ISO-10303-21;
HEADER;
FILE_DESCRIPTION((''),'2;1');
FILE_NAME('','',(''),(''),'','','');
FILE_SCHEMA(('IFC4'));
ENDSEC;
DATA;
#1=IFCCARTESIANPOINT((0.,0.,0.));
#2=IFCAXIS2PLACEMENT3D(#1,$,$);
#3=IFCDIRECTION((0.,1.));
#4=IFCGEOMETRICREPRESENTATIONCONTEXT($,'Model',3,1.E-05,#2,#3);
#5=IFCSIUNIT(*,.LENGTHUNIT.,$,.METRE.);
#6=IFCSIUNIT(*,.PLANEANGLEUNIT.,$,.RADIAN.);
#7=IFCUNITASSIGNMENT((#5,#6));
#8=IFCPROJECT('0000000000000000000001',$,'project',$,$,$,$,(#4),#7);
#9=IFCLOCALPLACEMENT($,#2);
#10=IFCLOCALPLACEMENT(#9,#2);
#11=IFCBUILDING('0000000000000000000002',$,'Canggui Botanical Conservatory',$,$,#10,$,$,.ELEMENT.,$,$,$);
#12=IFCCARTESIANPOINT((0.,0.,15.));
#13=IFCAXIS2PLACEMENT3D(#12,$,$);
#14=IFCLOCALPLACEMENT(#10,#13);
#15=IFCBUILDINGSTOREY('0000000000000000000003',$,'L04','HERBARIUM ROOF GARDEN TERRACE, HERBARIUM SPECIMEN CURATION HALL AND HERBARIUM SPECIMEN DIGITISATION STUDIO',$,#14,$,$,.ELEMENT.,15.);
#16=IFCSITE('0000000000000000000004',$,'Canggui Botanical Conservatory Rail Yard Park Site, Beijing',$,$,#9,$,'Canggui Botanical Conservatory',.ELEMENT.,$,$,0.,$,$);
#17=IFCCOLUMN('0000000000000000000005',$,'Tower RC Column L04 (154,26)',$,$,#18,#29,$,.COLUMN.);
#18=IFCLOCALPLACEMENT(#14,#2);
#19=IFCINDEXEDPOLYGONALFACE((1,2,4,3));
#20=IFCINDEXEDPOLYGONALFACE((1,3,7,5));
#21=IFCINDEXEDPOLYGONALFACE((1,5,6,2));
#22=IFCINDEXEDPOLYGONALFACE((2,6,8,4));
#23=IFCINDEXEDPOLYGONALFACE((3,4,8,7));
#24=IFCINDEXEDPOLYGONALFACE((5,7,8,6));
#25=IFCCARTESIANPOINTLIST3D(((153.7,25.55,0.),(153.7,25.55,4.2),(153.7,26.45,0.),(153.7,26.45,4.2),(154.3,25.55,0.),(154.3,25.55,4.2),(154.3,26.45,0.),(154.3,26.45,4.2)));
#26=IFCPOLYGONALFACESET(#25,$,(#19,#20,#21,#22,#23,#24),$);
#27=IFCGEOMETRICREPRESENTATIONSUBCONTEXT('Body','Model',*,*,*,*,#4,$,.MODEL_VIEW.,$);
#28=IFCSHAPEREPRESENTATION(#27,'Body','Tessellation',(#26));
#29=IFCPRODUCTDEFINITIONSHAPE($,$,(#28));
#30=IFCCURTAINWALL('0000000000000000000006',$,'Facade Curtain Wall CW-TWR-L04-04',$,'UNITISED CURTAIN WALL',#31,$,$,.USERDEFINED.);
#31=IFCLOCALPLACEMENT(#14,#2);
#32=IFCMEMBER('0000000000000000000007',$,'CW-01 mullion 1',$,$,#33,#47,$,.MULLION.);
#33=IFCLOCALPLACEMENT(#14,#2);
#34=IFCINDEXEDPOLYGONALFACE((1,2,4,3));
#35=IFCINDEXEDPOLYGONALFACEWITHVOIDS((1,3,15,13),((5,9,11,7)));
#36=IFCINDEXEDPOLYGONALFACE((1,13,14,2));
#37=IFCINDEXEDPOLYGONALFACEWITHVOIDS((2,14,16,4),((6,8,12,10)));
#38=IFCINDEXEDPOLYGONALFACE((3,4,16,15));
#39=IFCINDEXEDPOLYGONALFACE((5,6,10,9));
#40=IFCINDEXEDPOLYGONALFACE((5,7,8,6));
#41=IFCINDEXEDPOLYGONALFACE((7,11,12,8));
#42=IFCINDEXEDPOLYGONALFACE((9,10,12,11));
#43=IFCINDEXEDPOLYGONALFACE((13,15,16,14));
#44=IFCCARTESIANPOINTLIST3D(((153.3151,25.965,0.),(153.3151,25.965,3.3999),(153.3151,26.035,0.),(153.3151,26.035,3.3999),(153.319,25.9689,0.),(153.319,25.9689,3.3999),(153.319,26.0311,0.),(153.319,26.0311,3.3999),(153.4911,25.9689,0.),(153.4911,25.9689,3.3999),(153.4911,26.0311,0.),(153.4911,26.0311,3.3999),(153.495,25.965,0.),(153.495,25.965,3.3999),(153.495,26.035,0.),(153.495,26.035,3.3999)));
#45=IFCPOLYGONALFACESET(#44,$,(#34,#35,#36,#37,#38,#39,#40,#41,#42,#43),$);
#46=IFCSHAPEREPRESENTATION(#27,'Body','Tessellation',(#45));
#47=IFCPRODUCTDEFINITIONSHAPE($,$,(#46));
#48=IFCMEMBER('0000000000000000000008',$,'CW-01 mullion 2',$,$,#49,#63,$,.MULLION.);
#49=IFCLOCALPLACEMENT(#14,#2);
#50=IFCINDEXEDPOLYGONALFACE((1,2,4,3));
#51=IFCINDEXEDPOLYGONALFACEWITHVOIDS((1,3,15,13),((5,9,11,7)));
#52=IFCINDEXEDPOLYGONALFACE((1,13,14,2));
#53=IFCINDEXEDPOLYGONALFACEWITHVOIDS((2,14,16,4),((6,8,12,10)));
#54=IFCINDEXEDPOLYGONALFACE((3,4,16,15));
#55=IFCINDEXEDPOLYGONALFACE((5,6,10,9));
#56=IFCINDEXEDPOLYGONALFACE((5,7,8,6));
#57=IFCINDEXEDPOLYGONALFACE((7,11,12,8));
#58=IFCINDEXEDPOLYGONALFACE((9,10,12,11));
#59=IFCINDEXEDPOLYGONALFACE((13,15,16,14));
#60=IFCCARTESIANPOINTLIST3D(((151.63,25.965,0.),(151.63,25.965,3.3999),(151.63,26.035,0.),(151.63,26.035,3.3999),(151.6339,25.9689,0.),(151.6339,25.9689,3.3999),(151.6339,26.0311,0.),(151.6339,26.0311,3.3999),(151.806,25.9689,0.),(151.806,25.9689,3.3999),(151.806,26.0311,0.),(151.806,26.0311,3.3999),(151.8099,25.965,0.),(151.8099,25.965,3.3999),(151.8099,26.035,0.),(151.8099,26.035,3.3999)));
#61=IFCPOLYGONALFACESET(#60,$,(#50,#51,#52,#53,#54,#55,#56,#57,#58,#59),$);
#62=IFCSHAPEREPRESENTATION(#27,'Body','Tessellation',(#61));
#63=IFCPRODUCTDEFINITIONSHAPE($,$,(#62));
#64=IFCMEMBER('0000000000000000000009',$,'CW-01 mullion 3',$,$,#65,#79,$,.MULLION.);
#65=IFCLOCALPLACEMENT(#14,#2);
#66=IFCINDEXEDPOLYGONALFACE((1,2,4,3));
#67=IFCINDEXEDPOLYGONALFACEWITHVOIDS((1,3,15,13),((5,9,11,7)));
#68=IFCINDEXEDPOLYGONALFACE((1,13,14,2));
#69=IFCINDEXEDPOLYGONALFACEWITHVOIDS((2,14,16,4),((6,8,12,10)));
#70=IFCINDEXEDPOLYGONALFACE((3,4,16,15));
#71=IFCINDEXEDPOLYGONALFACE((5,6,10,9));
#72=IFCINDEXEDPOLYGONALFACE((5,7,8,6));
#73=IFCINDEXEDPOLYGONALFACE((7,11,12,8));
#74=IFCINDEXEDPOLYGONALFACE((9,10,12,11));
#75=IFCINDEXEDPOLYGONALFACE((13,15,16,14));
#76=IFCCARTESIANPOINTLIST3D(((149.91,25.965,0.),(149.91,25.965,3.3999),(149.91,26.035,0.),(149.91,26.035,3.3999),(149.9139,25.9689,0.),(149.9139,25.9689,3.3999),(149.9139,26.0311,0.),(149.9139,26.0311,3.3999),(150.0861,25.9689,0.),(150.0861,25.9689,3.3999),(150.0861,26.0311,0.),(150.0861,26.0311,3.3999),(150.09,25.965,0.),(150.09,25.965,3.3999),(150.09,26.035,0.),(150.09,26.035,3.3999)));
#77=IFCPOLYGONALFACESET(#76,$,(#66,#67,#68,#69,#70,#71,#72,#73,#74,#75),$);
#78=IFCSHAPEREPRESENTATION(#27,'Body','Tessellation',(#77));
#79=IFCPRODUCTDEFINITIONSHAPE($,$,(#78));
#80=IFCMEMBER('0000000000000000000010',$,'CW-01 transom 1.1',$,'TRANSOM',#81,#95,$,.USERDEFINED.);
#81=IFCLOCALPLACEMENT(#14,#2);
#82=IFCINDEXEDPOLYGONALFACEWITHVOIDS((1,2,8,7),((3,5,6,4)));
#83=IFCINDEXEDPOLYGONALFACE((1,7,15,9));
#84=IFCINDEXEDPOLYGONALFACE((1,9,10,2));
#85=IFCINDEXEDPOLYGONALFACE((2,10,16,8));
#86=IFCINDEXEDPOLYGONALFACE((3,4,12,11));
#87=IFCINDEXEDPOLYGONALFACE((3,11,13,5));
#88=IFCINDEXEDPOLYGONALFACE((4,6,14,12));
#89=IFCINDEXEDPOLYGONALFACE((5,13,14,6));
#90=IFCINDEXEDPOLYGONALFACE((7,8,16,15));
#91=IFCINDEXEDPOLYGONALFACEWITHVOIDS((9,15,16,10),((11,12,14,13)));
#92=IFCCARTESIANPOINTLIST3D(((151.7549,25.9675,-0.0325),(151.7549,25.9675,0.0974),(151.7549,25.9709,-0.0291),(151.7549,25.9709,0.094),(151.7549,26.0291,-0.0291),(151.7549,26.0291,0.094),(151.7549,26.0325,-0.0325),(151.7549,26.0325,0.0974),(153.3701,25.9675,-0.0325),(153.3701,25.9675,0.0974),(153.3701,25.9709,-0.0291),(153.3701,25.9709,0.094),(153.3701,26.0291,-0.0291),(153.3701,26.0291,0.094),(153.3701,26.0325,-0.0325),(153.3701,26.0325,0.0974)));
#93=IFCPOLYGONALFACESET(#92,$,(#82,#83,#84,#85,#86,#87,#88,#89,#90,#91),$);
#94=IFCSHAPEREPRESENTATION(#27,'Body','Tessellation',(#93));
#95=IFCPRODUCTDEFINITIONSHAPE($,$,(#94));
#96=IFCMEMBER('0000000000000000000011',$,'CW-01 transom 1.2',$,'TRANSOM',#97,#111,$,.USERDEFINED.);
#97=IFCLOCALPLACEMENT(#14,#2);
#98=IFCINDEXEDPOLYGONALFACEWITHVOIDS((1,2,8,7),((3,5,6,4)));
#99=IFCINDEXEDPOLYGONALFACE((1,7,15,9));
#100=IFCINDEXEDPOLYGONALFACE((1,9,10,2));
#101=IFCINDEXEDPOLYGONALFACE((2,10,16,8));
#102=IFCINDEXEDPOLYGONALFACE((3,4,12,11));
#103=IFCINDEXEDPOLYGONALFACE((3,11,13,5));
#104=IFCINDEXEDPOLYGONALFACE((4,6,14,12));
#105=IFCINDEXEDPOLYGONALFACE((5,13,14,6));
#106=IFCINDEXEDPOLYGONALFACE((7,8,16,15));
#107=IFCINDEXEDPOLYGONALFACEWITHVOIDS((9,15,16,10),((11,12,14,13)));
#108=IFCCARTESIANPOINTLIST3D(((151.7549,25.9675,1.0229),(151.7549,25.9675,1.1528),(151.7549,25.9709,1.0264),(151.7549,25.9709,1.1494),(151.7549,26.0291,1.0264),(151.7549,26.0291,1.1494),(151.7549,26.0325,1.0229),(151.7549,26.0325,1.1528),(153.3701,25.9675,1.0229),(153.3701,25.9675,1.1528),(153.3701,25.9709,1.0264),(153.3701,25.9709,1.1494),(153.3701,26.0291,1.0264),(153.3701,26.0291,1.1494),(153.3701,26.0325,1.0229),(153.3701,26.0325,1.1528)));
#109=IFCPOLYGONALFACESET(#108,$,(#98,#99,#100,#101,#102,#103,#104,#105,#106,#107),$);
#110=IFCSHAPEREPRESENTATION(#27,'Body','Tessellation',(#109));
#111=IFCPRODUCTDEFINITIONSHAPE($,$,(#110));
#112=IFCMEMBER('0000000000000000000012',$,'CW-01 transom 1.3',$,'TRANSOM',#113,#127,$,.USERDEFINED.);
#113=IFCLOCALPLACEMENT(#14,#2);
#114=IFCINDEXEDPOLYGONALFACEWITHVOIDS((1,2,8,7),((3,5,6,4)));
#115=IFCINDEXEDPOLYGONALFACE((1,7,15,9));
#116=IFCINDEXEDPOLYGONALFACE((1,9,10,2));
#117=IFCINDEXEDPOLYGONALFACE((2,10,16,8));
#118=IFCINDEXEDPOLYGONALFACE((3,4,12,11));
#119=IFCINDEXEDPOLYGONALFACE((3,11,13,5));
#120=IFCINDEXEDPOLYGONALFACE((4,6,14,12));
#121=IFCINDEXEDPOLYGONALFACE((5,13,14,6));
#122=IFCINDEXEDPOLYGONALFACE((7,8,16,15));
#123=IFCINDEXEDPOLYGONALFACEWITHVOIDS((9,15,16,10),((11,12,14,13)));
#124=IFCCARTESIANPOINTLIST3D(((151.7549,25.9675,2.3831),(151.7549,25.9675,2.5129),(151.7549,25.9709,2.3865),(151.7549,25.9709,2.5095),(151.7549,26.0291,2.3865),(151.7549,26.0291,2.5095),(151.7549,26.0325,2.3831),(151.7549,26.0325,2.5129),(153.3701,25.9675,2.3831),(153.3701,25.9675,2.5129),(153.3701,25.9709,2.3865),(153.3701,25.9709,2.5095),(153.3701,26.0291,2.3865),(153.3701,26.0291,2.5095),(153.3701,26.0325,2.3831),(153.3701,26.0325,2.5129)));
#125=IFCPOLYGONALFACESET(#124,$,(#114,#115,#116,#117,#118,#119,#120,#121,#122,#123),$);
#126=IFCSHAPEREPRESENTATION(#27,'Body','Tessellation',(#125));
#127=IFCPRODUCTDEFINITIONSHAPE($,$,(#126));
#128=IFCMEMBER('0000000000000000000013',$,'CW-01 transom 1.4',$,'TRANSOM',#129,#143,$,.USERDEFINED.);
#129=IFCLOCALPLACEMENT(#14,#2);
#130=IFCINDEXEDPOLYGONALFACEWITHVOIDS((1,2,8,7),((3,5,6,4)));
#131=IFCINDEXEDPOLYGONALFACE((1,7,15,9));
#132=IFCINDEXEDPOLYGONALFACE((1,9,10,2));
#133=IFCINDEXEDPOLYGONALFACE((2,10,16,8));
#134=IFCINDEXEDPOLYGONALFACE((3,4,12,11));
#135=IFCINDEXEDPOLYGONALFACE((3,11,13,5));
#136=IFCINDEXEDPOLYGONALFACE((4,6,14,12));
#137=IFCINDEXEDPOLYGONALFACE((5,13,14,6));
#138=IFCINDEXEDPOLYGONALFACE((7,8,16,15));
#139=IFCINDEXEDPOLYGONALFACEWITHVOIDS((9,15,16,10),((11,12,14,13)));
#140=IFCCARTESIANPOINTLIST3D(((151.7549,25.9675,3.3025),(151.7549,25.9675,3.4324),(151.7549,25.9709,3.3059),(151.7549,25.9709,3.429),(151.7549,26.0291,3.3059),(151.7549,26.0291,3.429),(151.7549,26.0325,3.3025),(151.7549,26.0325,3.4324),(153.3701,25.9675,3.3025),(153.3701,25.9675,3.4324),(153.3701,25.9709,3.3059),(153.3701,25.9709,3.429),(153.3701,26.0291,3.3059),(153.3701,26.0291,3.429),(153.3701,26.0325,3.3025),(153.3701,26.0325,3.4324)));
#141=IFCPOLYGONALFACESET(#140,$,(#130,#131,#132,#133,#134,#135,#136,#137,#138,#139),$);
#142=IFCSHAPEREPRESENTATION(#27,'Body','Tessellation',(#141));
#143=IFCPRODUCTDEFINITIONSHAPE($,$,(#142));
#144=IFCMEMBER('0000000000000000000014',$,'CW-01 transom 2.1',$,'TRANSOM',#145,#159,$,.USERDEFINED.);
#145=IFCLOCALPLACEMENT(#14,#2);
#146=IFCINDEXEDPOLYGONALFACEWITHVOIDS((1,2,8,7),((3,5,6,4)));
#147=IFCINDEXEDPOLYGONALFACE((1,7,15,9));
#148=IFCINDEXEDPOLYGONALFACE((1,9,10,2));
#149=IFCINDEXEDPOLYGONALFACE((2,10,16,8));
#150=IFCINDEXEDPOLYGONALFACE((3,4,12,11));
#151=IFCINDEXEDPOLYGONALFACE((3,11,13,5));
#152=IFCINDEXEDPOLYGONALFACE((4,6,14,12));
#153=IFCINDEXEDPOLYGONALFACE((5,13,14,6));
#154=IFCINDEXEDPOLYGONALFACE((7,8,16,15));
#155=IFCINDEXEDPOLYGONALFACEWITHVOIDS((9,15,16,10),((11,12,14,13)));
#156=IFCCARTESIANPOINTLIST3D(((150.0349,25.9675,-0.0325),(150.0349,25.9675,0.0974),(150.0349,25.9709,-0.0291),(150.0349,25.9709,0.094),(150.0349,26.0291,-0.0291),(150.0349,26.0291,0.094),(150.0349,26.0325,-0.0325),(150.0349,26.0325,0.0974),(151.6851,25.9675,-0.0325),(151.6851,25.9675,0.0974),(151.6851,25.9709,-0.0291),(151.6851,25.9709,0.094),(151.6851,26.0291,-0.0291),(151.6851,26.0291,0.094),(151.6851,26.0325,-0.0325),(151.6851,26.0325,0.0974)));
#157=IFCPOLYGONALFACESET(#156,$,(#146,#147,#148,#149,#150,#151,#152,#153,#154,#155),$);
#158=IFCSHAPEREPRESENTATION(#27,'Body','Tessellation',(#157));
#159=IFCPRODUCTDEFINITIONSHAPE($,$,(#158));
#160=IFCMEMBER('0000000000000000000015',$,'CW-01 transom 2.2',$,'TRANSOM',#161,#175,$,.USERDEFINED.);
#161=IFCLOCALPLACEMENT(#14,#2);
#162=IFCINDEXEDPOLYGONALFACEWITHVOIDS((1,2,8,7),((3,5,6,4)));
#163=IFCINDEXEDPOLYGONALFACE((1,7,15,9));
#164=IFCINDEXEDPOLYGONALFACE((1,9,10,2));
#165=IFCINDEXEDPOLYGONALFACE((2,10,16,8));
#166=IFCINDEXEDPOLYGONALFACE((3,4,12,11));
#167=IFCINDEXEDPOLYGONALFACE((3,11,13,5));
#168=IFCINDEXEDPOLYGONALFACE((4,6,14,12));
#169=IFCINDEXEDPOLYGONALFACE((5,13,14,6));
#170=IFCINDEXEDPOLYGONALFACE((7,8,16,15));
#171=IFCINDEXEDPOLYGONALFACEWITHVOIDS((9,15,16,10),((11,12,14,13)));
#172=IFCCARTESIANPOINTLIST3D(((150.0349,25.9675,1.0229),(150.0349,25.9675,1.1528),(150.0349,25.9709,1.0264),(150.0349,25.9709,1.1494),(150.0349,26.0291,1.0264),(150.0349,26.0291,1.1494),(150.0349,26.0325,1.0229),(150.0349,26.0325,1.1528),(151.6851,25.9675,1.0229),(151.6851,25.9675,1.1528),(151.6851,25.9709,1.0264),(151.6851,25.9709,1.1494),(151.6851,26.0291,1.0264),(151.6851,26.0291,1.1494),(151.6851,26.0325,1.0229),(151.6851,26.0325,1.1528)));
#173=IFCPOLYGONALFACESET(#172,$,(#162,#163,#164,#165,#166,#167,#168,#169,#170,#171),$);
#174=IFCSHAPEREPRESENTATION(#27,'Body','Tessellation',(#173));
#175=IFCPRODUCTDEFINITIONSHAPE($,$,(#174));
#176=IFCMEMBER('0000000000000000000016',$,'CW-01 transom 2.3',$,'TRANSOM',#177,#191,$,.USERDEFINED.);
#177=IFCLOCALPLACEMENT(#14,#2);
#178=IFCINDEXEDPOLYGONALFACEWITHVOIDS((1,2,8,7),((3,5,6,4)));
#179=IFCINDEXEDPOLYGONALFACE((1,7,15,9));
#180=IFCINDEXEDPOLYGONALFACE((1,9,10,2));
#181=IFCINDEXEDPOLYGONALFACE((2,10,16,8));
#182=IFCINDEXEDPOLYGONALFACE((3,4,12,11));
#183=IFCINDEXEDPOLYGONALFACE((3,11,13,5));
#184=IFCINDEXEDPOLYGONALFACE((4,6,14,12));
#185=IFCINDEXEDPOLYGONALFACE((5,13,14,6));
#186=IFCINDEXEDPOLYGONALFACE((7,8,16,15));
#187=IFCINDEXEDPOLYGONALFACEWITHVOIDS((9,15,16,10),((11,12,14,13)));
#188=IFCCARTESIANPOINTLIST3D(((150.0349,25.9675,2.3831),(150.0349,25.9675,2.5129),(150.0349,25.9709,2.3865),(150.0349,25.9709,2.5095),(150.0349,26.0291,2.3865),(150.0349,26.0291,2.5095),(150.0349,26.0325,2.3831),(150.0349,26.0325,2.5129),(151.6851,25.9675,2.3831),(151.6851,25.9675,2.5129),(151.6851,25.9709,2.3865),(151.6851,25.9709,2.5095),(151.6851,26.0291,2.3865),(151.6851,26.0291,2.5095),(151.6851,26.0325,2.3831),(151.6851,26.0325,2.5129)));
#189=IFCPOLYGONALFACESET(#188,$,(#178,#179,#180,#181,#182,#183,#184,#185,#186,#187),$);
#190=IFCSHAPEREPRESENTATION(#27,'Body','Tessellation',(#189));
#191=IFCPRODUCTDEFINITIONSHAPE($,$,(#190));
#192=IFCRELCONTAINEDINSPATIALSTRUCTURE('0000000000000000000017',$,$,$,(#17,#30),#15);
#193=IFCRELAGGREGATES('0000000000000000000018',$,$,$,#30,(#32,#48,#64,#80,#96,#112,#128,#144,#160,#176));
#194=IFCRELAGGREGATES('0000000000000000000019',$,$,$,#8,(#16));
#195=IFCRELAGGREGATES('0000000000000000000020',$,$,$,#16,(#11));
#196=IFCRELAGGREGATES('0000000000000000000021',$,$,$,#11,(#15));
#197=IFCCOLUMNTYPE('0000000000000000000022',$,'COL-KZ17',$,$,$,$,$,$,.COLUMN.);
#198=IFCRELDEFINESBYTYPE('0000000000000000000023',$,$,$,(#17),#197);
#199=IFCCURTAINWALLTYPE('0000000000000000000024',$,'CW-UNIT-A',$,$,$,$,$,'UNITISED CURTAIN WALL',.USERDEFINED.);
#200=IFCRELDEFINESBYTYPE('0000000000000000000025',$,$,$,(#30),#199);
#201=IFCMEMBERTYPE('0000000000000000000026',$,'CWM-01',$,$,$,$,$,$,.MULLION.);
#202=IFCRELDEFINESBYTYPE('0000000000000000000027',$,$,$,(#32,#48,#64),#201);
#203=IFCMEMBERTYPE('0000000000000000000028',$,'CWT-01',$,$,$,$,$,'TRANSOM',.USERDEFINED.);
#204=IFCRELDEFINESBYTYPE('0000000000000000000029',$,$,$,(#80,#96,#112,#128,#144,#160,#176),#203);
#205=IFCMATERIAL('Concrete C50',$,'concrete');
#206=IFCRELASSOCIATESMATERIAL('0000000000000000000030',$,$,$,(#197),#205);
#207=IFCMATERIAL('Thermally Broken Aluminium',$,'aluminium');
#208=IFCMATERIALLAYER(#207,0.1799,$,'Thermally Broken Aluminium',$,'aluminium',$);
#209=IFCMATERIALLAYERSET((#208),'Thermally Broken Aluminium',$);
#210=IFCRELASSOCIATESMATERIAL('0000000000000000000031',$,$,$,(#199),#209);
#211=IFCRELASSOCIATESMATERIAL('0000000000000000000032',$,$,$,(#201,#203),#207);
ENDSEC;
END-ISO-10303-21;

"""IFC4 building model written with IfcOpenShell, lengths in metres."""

from ifc_helpers import new_model, si_unit, direction, frame, origin, origin_2d, place, context, subcontext, project, spatial, rectangle, hollow_rectangle, extrude, material, layer, layer_set, material_profile, profile_set, type_object, element, aggregate, save


model = new_model("IFC4")

# Units and contexts
model_context = context("Model", 3, precision=1e-05, world=origin(), true_north=direction((0.0, 1.0)))
body_context = subcontext(model_context, "Body", "Model", "MODEL_VIEW")
ifc_project = project(units=[si_unit("LENGTHUNIT", "METRE"), si_unit("PLANEANGLEUNIT", "RADIAN")], contexts=[model_context])

# Site, building, storey
site_placement = place(None, origin())
site = spatial("IfcSite", under=ifc_project, at=site_placement, Name="Canggui Botanical Conservatory Rail Yard Park Site, Beijing", LongName="Canggui Botanical Conservatory", CompositionType="ELEMENT", RefElevation=0.0)
building_placement = place(site_placement, origin())
building = spatial("IfcBuilding", under=site, at=building_placement, Name="Canggui Botanical Conservatory", CompositionType="ELEMENT")
storey_placement = place(building_placement, frame((0.0, 0.0, 15.0)))
storey = spatial("IfcBuildingStorey", under=building, at=storey_placement, Name="L04", Description="HERBARIUM ROOF GARDEN TERRACE, HERBARIUM SPECIMEN CURATION HALL AND HERBARIUM SPECIMEN DIGITISATION STUDIO", CompositionType="ELEMENT", Elevation=15.0)

# Column
ifc_material_1 = material(Name="Concrete C50", Category="concrete")
ifc_material_profile_1 = material_profile(ifc_material_1, rectangle(XDim=0.6001, YDim=0.8999, at=origin_2d()), Name="RC 600x900")
ifc_profile_set_1 = profile_set([ifc_material_profile_1], Name="Concrete C50")
column_type = type_object("IfcColumnType", Name="COL-KZ17", PredefinedType="COLUMN", material=ifc_profile_set_1)
column_placement = place(storey_placement, frame((154.0, 26.0, 0.0), z_axis=(0.0, 0.0, 1.0), x_axis=(1.0, 0.0, 0.0)))
element("IfcColumn", 1, at=column_placement, inside=storey, type_object=column_type, Name="Tower RC Column L04 (154,26)", PredefinedType="COLUMN", context=body_context, shape_type="SweptSolid", body=[
    extrude(rectangle(XDim=0.6001, YDim=0.8999, at=origin_2d()), origin(), (0.0, 0.0, 1.0), 4.2),
])

# Curtain wall, members
ifc_material_2 = material(Name="Thermally Broken Aluminium", Category="aluminium")
ifc_layer_1 = layer(ifc_material_2, 0.1799, Name="Thermally Broken Aluminium", Category="aluminium")
ifc_layer_set_1 = layer_set([ifc_layer_1], Name="Thermally Broken Aluminium")
curtain_wall_type = type_object("IfcCurtainWallType", Name="CW-UNIT-A", ElementType="UNITISED CURTAIN WALL", PredefinedType="USERDEFINED", material=ifc_layer_set_1)
curtain_wall_placement = place(storey_placement, origin())
curtain_wall = element("IfcCurtainWall", 2, at=curtain_wall_placement, inside=storey, type_object=curtain_wall_type, Name="Facade Curtain Wall CW-TWR-L04-04", ObjectType="UNITISED CURTAIN WALL", PredefinedType="USERDEFINED")
ifc_material_profile_2 = material_profile(ifc_material_2, hollow_rectangle(XDim=0.0701, YDim=0.1799, WallThickness=0.0039, at=origin_2d()), Name="CWM 70x180x4")
ifc_profile_set_2 = profile_set([ifc_material_profile_2], Name="Thermally Broken Aluminium")
member_type_1 = type_object("IfcMemberType", Name="CWM-01", PredefinedType="MULLION", material=ifc_profile_set_2)
member_1_placement = place(storey_placement, frame((153.405, 26.0, 0.0), z_axis=(0.0, 0.0, 1.0), x_axis=(0.0, -1.0, 0.0)))
member_1 = element("IfcMember", 3, at=member_1_placement, type_object=member_type_1, Name="CW-01 mullion 1", PredefinedType="MULLION", context=body_context, shape_type="SweptSolid", body=[
    extrude(hollow_rectangle(XDim=0.0701, YDim=0.1799, WallThickness=0.0039, at=origin_2d()), origin(), (0.0, 0.0, 1.0), 3.3999),
])
member_2_placement = place(storey_placement, frame((151.72, 26.0, 0.0), z_axis=(0.0, 0.0, 1.0), x_axis=(0.0, -1.0, 0.0)))
member_2 = element("IfcMember", 4, at=member_2_placement, type_object=member_type_1, Name="CW-01 mullion 2", PredefinedType="MULLION", context=body_context, shape_type="SweptSolid", body=[
    extrude(hollow_rectangle(XDim=0.0701, YDim=0.1799, WallThickness=0.0039, at=origin_2d()), origin(), (0.0, 0.0, 1.0), 3.3999),
])
member_3_placement = place(storey_placement, frame((150.0, 26.0, 0.0), z_axis=(0.0, 0.0, 1.0), x_axis=(0.0, -1.0, 0.0)))
member_3 = element("IfcMember", 5, at=member_3_placement, type_object=member_type_1, Name="CW-01 mullion 3", PredefinedType="MULLION", context=body_context, shape_type="SweptSolid", body=[
    extrude(hollow_rectangle(XDim=0.0701, YDim=0.1799, WallThickness=0.0039, at=origin_2d()), origin(), (0.0, 0.0, 1.0), 3.3999),
])
ifc_material_profile_3 = material_profile(ifc_material_2, hollow_rectangle(XDim=0.0649, YDim=0.1299, WallThickness=0.0034, at=origin_2d()), Name="CWT 65x130x3.5")
ifc_profile_set_3 = profile_set([ifc_material_profile_3], Name="Thermally Broken Aluminium")
member_type_2 = type_object("IfcMemberType", Name="CWT-01", ElementType="TRANSOM", PredefinedType="USERDEFINED", material=ifc_profile_set_3)
member_4_placement = place(storey_placement, frame((153.3701, 26.0, 0.0325), z_axis=(-1.0, 0.0, 0.0), x_axis=(0.0, -1.0, 0.0)))
member_4 = element("IfcMember", 6, at=member_4_placement, type_object=member_type_2, Name="CW-01 transom 1.1", ObjectType="TRANSOM", PredefinedType="USERDEFINED", context=body_context, shape_type="SweptSolid", body=[
    extrude(hollow_rectangle(XDim=0.0649, YDim=0.1299, WallThickness=0.0034, at=origin_2d()), origin(), (0.0, 0.0, 1.0), 1.6152),
])
member_5_placement = place(storey_placement, frame((153.3701, 26.0, 1.0879), z_axis=(-1.0, 0.0, 0.0), x_axis=(0.0, -1.0, 0.0)))
member_5 = element("IfcMember", 7, at=member_5_placement, type_object=member_type_2, Name="CW-01 transom 1.2", ObjectType="TRANSOM", PredefinedType="USERDEFINED", context=body_context, shape_type="SweptSolid", body=[
    extrude(hollow_rectangle(XDim=0.0649, YDim=0.1299, WallThickness=0.0034, at=origin_2d()), origin(), (0.0, 0.0, 1.0), 1.6152),
])
member_6_placement = place(storey_placement, frame((153.3701, 26.0, 2.448), z_axis=(-1.0, 0.0, 0.0), x_axis=(0.0, -1.0, 0.0)))
member_6 = element("IfcMember", 8, at=member_6_placement, type_object=member_type_2, Name="CW-01 transom 1.3", ObjectType="TRANSOM", PredefinedType="USERDEFINED", context=body_context, shape_type="SweptSolid", body=[
    extrude(hollow_rectangle(XDim=0.0649, YDim=0.1299, WallThickness=0.0034, at=origin_2d()), origin(), (0.0, 0.0, 1.0), 1.6152),
])
member_7_placement = place(storey_placement, frame((153.3701, 26.0, 3.3674), z_axis=(-1.0, 0.0, 0.0), x_axis=(0.0, -1.0, 0.0)))
member_7 = element("IfcMember", 9, at=member_7_placement, type_object=member_type_2, Name="CW-01 transom 1.4", ObjectType="TRANSOM", PredefinedType="USERDEFINED", context=body_context, shape_type="SweptSolid", body=[
    extrude(hollow_rectangle(XDim=0.0649, YDim=0.1299, WallThickness=0.0034, at=origin_2d()), origin(), (0.0, 0.0, 1.0), 1.6152),
])
member_8_placement = place(storey_placement, frame((151.6851, 26.0, 0.0325), z_axis=(-1.0, 0.0, 0.0), x_axis=(0.0, -1.0, 0.0)))
member_8 = element("IfcMember", 10, at=member_8_placement, type_object=member_type_2, Name="CW-01 transom 2.1", ObjectType="TRANSOM", PredefinedType="USERDEFINED", context=body_context, shape_type="SweptSolid", body=[
    extrude(hollow_rectangle(XDim=0.0649, YDim=0.1299, WallThickness=0.0034, at=origin_2d()), origin(), (0.0, 0.0, 1.0), 1.6501),
])
member_9_placement = place(storey_placement, frame((151.6851, 26.0, 1.0879), z_axis=(-1.0, 0.0, 0.0), x_axis=(0.0, -1.0, 0.0)))
member_9 = element("IfcMember", 11, at=member_9_placement, type_object=member_type_2, Name="CW-01 transom 2.2", ObjectType="TRANSOM", PredefinedType="USERDEFINED", context=body_context, shape_type="SweptSolid", body=[
    extrude(hollow_rectangle(XDim=0.0649, YDim=0.1299, WallThickness=0.0034, at=origin_2d()), origin(), (0.0, 0.0, 1.0), 1.6501),
])
member_10_placement = place(storey_placement, frame((151.6851, 26.0, 2.448), z_axis=(-1.0, 0.0, 0.0), x_axis=(0.0, -1.0, 0.0)))
member_10 = element("IfcMember", 12, at=member_10_placement, type_object=member_type_2, Name="CW-01 transom 2.3", ObjectType="TRANSOM", PredefinedType="USERDEFINED", context=body_context, shape_type="SweptSolid", body=[
    extrude(hollow_rectangle(XDim=0.0649, YDim=0.1299, WallThickness=0.0034, at=origin_2d()), origin(), (0.0, 0.0, 1.0), 1.6501),
])
aggregate(curtain_wall, [member_1, member_2, member_3, member_4, member_5, member_6, member_7, member_8, member_9, member_10])

save(model, "model.ifc")
